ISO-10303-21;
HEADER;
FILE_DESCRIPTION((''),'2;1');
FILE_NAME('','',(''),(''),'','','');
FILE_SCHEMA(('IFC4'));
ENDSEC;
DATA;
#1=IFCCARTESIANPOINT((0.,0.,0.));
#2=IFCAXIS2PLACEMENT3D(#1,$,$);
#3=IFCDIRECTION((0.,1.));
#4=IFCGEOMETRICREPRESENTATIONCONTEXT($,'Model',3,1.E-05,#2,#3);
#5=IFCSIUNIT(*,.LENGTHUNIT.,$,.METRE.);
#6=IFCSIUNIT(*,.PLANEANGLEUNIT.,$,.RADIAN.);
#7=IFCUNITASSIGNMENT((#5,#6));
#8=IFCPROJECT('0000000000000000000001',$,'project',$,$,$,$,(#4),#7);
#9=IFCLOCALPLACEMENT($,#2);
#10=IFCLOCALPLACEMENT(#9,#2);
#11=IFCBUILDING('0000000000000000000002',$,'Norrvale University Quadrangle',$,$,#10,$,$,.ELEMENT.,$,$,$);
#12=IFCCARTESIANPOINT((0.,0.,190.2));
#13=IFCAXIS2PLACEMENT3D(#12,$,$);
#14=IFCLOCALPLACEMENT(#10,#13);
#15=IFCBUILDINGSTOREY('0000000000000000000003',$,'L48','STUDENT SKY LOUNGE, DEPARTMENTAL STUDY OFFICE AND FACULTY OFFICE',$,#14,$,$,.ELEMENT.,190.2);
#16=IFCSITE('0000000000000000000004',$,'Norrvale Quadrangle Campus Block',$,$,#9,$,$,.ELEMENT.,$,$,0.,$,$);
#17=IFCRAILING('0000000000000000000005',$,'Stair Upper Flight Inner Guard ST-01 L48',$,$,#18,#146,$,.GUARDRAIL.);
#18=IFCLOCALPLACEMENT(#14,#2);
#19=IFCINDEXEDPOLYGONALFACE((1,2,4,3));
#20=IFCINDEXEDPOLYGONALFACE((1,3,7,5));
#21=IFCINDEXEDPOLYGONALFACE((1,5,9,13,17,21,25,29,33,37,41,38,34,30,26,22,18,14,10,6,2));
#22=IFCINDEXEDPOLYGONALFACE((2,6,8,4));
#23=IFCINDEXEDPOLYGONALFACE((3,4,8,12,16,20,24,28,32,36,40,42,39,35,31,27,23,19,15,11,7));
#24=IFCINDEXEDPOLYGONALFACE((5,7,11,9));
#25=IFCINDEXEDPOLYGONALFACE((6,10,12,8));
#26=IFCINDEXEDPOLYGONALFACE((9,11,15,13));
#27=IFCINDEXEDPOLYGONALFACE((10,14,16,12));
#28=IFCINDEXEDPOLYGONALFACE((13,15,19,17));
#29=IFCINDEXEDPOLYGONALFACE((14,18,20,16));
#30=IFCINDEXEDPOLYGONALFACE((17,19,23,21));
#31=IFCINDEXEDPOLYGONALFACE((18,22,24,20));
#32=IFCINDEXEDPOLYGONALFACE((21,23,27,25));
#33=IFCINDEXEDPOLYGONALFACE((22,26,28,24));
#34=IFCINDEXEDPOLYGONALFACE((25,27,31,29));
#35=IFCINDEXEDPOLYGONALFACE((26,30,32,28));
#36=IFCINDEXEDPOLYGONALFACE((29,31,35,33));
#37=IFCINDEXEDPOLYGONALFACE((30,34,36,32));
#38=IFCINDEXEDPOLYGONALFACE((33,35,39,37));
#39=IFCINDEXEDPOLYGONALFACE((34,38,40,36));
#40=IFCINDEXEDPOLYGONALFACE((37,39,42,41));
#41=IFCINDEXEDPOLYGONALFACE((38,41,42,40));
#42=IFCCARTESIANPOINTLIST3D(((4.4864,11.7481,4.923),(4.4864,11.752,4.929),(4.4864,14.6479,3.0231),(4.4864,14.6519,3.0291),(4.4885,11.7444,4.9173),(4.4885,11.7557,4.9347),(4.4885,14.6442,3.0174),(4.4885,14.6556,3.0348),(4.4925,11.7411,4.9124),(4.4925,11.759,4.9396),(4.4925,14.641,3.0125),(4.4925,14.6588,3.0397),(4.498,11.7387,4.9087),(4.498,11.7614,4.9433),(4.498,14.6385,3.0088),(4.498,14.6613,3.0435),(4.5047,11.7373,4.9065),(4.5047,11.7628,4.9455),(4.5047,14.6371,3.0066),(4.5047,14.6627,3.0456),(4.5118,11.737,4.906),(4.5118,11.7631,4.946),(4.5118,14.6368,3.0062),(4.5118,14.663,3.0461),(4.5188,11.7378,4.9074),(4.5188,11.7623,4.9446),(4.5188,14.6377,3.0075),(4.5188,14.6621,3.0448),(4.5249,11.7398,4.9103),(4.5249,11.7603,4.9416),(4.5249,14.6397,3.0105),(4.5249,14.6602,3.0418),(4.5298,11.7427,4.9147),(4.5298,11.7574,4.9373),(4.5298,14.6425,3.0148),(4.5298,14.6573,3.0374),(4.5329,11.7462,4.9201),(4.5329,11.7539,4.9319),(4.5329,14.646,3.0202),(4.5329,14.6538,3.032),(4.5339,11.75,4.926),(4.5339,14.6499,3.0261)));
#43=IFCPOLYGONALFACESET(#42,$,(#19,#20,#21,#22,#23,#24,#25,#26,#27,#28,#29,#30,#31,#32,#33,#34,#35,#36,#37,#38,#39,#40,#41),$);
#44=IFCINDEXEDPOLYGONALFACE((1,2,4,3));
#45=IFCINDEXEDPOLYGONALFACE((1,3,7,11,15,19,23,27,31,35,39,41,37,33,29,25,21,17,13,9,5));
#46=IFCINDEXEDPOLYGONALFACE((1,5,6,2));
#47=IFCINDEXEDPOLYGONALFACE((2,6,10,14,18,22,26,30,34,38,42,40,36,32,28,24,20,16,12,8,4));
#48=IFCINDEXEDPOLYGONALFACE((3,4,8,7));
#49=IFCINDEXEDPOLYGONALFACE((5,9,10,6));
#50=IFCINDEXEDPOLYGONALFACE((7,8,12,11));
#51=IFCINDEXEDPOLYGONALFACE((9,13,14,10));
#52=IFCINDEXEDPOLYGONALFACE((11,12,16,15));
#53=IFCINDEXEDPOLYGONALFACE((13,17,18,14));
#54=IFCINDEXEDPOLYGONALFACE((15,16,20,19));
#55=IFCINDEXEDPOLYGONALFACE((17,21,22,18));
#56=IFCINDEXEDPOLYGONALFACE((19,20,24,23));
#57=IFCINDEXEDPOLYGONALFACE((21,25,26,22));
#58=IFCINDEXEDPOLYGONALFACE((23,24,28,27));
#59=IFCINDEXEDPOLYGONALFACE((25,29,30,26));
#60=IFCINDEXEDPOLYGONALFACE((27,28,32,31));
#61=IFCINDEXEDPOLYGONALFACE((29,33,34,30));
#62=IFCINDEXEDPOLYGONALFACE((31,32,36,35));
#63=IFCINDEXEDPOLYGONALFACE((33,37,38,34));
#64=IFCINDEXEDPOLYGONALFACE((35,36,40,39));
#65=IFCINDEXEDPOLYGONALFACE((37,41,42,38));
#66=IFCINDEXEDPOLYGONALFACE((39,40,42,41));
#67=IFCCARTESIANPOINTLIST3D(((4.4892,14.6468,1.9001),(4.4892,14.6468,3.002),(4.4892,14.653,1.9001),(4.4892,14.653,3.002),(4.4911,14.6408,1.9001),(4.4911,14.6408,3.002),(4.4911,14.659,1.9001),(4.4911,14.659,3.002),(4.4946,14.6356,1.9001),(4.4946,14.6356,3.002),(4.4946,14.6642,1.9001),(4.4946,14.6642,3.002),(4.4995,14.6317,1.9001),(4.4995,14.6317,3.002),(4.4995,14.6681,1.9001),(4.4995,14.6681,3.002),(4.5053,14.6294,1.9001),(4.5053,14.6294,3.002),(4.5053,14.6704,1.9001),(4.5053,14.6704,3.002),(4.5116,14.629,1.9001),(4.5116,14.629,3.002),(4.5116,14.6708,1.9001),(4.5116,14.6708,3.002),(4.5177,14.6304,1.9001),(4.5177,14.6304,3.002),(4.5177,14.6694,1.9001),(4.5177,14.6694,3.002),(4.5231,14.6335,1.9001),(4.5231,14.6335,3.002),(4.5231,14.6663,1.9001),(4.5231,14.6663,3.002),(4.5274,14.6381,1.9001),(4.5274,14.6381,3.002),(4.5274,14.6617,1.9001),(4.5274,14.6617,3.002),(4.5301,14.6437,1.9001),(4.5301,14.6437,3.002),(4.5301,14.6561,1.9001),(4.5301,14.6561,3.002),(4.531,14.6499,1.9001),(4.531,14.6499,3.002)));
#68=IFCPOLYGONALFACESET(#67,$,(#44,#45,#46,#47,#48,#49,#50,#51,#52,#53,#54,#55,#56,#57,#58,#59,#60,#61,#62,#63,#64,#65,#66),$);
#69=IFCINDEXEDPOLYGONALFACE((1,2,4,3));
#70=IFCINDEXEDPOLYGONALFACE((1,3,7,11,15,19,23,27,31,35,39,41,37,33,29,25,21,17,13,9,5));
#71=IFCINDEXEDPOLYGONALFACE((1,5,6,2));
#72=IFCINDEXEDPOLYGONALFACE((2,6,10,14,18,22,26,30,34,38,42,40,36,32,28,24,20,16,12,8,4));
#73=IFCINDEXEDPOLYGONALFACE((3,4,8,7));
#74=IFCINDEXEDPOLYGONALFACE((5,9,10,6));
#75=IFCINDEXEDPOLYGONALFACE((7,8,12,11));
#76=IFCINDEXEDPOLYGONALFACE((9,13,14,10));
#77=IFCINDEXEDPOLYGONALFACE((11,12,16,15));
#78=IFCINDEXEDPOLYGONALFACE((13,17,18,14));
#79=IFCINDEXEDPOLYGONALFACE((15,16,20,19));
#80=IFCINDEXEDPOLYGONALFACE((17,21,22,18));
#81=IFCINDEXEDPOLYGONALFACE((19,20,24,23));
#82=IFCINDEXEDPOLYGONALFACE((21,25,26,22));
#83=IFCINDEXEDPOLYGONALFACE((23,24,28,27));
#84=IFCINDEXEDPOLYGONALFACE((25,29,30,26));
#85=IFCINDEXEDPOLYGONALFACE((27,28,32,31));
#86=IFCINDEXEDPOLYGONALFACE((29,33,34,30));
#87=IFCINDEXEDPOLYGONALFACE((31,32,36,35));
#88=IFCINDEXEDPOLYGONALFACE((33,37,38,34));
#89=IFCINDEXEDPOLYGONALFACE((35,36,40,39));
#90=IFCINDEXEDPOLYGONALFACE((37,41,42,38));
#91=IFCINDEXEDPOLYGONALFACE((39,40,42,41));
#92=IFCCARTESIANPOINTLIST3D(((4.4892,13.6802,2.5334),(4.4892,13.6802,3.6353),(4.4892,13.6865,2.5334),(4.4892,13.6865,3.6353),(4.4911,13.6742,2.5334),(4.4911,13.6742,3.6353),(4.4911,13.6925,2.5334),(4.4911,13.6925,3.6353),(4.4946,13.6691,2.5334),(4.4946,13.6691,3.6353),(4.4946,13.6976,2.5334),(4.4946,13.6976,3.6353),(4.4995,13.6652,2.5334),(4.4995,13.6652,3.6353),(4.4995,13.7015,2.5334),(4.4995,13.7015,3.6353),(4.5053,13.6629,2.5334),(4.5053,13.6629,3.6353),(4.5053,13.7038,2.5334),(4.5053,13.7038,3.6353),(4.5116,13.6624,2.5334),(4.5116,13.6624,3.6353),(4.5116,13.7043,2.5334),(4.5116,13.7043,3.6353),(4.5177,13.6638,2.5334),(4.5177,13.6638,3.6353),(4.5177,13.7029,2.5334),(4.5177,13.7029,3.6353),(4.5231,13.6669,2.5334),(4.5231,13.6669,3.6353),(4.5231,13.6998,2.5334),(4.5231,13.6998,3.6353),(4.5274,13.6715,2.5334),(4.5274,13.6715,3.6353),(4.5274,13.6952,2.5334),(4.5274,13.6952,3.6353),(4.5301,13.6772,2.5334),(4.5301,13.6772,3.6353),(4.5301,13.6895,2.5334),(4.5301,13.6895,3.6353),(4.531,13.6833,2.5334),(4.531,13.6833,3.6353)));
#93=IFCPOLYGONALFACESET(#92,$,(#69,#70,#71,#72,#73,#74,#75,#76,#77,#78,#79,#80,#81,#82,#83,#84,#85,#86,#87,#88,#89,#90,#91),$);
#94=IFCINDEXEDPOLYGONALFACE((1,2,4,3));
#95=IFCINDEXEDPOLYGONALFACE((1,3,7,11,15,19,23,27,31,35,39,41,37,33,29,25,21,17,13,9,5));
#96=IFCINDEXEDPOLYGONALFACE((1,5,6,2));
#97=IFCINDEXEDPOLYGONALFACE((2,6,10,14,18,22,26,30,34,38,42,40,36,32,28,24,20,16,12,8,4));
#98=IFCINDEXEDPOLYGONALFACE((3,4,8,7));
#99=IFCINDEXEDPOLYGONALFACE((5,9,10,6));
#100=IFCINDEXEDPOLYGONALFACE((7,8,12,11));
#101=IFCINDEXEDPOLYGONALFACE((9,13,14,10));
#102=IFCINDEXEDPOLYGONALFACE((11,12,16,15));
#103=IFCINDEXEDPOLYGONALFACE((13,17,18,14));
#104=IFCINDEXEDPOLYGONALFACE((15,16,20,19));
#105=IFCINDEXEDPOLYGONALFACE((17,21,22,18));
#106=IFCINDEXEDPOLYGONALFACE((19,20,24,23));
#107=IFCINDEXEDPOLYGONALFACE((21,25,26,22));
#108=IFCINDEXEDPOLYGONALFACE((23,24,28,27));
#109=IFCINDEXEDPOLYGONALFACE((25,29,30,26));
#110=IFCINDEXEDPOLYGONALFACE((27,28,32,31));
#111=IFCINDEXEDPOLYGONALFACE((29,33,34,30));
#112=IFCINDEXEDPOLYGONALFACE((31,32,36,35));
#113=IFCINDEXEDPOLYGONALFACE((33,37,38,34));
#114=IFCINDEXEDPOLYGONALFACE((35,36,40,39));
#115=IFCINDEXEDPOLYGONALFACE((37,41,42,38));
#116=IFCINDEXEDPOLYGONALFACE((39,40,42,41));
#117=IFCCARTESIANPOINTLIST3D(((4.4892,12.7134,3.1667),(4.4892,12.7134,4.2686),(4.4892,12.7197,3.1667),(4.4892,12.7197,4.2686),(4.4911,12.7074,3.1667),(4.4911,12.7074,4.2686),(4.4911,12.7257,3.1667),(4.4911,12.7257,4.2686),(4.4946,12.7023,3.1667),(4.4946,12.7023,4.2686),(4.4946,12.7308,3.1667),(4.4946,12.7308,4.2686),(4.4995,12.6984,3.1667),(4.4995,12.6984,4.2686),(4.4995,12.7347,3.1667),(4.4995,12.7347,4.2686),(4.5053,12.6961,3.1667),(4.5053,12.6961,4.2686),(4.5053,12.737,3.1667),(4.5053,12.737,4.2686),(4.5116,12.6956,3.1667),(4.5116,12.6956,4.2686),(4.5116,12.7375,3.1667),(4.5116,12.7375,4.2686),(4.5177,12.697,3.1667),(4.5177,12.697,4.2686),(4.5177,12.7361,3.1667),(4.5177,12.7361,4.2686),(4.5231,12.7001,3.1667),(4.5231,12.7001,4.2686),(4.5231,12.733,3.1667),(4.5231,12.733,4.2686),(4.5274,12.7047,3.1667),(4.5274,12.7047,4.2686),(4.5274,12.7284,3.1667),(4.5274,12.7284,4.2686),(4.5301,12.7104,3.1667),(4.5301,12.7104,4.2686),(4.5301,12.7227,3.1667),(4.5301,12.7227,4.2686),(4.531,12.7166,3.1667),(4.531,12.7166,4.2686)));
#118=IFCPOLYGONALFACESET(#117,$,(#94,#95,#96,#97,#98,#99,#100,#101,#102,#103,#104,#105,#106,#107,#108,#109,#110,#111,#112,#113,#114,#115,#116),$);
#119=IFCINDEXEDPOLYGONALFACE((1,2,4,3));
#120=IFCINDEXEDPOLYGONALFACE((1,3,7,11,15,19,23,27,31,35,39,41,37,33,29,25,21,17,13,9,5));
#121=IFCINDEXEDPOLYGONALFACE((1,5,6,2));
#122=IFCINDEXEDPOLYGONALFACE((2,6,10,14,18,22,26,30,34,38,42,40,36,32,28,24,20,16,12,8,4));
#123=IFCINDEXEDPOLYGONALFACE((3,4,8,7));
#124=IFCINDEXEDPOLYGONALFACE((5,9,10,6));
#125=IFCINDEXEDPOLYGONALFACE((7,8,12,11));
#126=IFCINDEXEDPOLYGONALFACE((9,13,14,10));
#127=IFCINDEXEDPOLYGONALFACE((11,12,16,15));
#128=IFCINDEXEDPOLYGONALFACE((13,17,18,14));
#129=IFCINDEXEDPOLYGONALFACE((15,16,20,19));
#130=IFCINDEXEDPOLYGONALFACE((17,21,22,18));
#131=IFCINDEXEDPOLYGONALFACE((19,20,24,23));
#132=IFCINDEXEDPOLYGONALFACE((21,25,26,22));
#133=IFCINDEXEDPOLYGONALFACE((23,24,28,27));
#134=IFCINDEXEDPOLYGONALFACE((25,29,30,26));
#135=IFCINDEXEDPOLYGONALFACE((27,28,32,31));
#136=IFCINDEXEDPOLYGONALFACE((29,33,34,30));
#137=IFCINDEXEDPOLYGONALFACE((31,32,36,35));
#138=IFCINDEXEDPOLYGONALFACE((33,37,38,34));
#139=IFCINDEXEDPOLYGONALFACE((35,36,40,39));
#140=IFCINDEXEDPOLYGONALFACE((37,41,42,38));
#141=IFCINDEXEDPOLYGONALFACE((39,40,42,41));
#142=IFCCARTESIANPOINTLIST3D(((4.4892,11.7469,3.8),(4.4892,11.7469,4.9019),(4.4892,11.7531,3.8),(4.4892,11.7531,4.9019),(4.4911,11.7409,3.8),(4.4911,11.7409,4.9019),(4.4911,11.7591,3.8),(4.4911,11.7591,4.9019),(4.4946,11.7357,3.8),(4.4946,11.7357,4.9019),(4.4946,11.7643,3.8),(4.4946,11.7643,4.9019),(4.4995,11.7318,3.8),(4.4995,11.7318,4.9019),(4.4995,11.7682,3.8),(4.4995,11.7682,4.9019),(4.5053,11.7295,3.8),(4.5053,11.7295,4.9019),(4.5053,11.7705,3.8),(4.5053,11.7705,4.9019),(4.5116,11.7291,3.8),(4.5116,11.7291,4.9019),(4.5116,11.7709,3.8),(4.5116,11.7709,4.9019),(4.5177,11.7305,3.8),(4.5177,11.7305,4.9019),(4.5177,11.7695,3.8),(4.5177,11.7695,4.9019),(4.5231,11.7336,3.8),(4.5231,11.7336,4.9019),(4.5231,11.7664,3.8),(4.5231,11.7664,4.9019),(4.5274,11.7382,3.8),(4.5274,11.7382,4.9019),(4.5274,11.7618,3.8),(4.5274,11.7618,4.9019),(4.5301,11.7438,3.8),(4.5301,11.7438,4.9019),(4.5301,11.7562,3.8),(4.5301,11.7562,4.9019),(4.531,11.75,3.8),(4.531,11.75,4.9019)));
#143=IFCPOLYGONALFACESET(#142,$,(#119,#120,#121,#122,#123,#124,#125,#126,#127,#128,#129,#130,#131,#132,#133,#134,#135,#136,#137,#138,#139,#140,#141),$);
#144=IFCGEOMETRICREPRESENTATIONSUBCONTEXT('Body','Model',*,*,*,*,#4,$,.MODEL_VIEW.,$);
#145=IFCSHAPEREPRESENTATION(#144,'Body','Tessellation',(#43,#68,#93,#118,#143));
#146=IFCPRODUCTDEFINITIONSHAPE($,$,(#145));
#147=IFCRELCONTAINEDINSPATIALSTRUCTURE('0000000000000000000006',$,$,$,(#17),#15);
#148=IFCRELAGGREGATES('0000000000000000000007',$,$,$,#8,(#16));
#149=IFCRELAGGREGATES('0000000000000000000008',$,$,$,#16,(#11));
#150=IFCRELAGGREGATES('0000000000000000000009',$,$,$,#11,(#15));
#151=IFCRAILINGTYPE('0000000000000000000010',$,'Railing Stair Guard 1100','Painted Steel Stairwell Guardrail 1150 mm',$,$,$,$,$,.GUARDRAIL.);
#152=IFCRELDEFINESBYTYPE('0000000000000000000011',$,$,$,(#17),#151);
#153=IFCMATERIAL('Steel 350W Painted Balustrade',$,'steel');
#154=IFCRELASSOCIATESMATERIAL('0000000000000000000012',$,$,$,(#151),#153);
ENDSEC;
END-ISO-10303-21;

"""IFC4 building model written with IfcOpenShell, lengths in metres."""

from ifc_helpers import new_model, si_unit, direction, frame, origin, origin_2d, place, context, subcontext, project, spatial, circle, extrude, material, type_object, element, save


model = new_model("IFC4")

# Units and contexts
model_context = context("Model", 3, precision=1e-05, world=origin(), true_north=direction((0.0, 1.0)))
body_context = subcontext(model_context, "Body", "Model", "MODEL_VIEW")
ifc_project = project(units=[si_unit("LENGTHUNIT", "METRE"), si_unit("PLANEANGLEUNIT", "RADIAN")], contexts=[model_context])

# Site, building, storey
site_placement = place(None, origin())
site = spatial("IfcSite", under=ifc_project, at=site_placement, Name="Norrvale Quadrangle Campus Block", CompositionType="ELEMENT", RefElevation=0.0)
building_placement = place(site_placement, origin())
building = spatial("IfcBuilding", under=site, at=building_placement, Name="Norrvale University Quadrangle", CompositionType="ELEMENT")
storey_placement = place(building_placement, frame((0.0, 0.0, 190.2)))
storey = spatial("IfcBuildingStorey", under=building, at=storey_placement, Name="L48", Description="STUDENT SKY LOUNGE, DEPARTMENTAL STUDY OFFICE AND FACULTY OFFICE", CompositionType="ELEMENT", Elevation=190.2)

# Railing
ifc_material_1 = material(Name="Steel 350W Painted Balustrade", Category="steel")
railing_type_1 = type_object("IfcRailingType", Name="Railing Stair Guard 1100", Description="Painted Steel Stairwell Guardrail 1150 mm", PredefinedType="GUARDRAIL", material=ifc_material_1)
railing_1_placement = place(storey_placement, frame((4.51, 14.6499, 1.9001)))
element("IfcRailing", 1, at=railing_1_placement, inside=storey, type_object=railing_type_1, Name="Stair Upper Flight Inner Guard ST-01 L48", PredefinedType="GUARDRAIL", context=body_context, shape_type="SweptSolid", body=[
    extrude(circle(Radius=0.0239, at=origin_2d()), frame((0.0, 0.0, 1.126), z_axis=(0.0, -0.836466, 0.548019), x_axis=(1.0, 0.0, 0.0)), (0.0, 0.0, 1.0), 3.4668),
    extrude(circle(Radius=0.021, at=origin_2d()), origin(), (0.0, 0.0, 1.0), 1.1018),
    extrude(circle(Radius=0.021, at=origin_2d()), frame((0.0, -0.9666, 0.6333)), (0.0, 0.0, 1.0), 1.1018),
    extrude(circle(Radius=0.021, at=origin_2d()), frame((0.0, -1.9333, 1.2666)), (0.0, 0.0, 1.0), 1.1018),
    extrude(circle(Radius=0.021, at=origin_2d()), frame((0.0, -2.8999, 1.8999)), (0.0, 0.0, 1.0), 1.1018),
])

save(model, "model.ifc")
